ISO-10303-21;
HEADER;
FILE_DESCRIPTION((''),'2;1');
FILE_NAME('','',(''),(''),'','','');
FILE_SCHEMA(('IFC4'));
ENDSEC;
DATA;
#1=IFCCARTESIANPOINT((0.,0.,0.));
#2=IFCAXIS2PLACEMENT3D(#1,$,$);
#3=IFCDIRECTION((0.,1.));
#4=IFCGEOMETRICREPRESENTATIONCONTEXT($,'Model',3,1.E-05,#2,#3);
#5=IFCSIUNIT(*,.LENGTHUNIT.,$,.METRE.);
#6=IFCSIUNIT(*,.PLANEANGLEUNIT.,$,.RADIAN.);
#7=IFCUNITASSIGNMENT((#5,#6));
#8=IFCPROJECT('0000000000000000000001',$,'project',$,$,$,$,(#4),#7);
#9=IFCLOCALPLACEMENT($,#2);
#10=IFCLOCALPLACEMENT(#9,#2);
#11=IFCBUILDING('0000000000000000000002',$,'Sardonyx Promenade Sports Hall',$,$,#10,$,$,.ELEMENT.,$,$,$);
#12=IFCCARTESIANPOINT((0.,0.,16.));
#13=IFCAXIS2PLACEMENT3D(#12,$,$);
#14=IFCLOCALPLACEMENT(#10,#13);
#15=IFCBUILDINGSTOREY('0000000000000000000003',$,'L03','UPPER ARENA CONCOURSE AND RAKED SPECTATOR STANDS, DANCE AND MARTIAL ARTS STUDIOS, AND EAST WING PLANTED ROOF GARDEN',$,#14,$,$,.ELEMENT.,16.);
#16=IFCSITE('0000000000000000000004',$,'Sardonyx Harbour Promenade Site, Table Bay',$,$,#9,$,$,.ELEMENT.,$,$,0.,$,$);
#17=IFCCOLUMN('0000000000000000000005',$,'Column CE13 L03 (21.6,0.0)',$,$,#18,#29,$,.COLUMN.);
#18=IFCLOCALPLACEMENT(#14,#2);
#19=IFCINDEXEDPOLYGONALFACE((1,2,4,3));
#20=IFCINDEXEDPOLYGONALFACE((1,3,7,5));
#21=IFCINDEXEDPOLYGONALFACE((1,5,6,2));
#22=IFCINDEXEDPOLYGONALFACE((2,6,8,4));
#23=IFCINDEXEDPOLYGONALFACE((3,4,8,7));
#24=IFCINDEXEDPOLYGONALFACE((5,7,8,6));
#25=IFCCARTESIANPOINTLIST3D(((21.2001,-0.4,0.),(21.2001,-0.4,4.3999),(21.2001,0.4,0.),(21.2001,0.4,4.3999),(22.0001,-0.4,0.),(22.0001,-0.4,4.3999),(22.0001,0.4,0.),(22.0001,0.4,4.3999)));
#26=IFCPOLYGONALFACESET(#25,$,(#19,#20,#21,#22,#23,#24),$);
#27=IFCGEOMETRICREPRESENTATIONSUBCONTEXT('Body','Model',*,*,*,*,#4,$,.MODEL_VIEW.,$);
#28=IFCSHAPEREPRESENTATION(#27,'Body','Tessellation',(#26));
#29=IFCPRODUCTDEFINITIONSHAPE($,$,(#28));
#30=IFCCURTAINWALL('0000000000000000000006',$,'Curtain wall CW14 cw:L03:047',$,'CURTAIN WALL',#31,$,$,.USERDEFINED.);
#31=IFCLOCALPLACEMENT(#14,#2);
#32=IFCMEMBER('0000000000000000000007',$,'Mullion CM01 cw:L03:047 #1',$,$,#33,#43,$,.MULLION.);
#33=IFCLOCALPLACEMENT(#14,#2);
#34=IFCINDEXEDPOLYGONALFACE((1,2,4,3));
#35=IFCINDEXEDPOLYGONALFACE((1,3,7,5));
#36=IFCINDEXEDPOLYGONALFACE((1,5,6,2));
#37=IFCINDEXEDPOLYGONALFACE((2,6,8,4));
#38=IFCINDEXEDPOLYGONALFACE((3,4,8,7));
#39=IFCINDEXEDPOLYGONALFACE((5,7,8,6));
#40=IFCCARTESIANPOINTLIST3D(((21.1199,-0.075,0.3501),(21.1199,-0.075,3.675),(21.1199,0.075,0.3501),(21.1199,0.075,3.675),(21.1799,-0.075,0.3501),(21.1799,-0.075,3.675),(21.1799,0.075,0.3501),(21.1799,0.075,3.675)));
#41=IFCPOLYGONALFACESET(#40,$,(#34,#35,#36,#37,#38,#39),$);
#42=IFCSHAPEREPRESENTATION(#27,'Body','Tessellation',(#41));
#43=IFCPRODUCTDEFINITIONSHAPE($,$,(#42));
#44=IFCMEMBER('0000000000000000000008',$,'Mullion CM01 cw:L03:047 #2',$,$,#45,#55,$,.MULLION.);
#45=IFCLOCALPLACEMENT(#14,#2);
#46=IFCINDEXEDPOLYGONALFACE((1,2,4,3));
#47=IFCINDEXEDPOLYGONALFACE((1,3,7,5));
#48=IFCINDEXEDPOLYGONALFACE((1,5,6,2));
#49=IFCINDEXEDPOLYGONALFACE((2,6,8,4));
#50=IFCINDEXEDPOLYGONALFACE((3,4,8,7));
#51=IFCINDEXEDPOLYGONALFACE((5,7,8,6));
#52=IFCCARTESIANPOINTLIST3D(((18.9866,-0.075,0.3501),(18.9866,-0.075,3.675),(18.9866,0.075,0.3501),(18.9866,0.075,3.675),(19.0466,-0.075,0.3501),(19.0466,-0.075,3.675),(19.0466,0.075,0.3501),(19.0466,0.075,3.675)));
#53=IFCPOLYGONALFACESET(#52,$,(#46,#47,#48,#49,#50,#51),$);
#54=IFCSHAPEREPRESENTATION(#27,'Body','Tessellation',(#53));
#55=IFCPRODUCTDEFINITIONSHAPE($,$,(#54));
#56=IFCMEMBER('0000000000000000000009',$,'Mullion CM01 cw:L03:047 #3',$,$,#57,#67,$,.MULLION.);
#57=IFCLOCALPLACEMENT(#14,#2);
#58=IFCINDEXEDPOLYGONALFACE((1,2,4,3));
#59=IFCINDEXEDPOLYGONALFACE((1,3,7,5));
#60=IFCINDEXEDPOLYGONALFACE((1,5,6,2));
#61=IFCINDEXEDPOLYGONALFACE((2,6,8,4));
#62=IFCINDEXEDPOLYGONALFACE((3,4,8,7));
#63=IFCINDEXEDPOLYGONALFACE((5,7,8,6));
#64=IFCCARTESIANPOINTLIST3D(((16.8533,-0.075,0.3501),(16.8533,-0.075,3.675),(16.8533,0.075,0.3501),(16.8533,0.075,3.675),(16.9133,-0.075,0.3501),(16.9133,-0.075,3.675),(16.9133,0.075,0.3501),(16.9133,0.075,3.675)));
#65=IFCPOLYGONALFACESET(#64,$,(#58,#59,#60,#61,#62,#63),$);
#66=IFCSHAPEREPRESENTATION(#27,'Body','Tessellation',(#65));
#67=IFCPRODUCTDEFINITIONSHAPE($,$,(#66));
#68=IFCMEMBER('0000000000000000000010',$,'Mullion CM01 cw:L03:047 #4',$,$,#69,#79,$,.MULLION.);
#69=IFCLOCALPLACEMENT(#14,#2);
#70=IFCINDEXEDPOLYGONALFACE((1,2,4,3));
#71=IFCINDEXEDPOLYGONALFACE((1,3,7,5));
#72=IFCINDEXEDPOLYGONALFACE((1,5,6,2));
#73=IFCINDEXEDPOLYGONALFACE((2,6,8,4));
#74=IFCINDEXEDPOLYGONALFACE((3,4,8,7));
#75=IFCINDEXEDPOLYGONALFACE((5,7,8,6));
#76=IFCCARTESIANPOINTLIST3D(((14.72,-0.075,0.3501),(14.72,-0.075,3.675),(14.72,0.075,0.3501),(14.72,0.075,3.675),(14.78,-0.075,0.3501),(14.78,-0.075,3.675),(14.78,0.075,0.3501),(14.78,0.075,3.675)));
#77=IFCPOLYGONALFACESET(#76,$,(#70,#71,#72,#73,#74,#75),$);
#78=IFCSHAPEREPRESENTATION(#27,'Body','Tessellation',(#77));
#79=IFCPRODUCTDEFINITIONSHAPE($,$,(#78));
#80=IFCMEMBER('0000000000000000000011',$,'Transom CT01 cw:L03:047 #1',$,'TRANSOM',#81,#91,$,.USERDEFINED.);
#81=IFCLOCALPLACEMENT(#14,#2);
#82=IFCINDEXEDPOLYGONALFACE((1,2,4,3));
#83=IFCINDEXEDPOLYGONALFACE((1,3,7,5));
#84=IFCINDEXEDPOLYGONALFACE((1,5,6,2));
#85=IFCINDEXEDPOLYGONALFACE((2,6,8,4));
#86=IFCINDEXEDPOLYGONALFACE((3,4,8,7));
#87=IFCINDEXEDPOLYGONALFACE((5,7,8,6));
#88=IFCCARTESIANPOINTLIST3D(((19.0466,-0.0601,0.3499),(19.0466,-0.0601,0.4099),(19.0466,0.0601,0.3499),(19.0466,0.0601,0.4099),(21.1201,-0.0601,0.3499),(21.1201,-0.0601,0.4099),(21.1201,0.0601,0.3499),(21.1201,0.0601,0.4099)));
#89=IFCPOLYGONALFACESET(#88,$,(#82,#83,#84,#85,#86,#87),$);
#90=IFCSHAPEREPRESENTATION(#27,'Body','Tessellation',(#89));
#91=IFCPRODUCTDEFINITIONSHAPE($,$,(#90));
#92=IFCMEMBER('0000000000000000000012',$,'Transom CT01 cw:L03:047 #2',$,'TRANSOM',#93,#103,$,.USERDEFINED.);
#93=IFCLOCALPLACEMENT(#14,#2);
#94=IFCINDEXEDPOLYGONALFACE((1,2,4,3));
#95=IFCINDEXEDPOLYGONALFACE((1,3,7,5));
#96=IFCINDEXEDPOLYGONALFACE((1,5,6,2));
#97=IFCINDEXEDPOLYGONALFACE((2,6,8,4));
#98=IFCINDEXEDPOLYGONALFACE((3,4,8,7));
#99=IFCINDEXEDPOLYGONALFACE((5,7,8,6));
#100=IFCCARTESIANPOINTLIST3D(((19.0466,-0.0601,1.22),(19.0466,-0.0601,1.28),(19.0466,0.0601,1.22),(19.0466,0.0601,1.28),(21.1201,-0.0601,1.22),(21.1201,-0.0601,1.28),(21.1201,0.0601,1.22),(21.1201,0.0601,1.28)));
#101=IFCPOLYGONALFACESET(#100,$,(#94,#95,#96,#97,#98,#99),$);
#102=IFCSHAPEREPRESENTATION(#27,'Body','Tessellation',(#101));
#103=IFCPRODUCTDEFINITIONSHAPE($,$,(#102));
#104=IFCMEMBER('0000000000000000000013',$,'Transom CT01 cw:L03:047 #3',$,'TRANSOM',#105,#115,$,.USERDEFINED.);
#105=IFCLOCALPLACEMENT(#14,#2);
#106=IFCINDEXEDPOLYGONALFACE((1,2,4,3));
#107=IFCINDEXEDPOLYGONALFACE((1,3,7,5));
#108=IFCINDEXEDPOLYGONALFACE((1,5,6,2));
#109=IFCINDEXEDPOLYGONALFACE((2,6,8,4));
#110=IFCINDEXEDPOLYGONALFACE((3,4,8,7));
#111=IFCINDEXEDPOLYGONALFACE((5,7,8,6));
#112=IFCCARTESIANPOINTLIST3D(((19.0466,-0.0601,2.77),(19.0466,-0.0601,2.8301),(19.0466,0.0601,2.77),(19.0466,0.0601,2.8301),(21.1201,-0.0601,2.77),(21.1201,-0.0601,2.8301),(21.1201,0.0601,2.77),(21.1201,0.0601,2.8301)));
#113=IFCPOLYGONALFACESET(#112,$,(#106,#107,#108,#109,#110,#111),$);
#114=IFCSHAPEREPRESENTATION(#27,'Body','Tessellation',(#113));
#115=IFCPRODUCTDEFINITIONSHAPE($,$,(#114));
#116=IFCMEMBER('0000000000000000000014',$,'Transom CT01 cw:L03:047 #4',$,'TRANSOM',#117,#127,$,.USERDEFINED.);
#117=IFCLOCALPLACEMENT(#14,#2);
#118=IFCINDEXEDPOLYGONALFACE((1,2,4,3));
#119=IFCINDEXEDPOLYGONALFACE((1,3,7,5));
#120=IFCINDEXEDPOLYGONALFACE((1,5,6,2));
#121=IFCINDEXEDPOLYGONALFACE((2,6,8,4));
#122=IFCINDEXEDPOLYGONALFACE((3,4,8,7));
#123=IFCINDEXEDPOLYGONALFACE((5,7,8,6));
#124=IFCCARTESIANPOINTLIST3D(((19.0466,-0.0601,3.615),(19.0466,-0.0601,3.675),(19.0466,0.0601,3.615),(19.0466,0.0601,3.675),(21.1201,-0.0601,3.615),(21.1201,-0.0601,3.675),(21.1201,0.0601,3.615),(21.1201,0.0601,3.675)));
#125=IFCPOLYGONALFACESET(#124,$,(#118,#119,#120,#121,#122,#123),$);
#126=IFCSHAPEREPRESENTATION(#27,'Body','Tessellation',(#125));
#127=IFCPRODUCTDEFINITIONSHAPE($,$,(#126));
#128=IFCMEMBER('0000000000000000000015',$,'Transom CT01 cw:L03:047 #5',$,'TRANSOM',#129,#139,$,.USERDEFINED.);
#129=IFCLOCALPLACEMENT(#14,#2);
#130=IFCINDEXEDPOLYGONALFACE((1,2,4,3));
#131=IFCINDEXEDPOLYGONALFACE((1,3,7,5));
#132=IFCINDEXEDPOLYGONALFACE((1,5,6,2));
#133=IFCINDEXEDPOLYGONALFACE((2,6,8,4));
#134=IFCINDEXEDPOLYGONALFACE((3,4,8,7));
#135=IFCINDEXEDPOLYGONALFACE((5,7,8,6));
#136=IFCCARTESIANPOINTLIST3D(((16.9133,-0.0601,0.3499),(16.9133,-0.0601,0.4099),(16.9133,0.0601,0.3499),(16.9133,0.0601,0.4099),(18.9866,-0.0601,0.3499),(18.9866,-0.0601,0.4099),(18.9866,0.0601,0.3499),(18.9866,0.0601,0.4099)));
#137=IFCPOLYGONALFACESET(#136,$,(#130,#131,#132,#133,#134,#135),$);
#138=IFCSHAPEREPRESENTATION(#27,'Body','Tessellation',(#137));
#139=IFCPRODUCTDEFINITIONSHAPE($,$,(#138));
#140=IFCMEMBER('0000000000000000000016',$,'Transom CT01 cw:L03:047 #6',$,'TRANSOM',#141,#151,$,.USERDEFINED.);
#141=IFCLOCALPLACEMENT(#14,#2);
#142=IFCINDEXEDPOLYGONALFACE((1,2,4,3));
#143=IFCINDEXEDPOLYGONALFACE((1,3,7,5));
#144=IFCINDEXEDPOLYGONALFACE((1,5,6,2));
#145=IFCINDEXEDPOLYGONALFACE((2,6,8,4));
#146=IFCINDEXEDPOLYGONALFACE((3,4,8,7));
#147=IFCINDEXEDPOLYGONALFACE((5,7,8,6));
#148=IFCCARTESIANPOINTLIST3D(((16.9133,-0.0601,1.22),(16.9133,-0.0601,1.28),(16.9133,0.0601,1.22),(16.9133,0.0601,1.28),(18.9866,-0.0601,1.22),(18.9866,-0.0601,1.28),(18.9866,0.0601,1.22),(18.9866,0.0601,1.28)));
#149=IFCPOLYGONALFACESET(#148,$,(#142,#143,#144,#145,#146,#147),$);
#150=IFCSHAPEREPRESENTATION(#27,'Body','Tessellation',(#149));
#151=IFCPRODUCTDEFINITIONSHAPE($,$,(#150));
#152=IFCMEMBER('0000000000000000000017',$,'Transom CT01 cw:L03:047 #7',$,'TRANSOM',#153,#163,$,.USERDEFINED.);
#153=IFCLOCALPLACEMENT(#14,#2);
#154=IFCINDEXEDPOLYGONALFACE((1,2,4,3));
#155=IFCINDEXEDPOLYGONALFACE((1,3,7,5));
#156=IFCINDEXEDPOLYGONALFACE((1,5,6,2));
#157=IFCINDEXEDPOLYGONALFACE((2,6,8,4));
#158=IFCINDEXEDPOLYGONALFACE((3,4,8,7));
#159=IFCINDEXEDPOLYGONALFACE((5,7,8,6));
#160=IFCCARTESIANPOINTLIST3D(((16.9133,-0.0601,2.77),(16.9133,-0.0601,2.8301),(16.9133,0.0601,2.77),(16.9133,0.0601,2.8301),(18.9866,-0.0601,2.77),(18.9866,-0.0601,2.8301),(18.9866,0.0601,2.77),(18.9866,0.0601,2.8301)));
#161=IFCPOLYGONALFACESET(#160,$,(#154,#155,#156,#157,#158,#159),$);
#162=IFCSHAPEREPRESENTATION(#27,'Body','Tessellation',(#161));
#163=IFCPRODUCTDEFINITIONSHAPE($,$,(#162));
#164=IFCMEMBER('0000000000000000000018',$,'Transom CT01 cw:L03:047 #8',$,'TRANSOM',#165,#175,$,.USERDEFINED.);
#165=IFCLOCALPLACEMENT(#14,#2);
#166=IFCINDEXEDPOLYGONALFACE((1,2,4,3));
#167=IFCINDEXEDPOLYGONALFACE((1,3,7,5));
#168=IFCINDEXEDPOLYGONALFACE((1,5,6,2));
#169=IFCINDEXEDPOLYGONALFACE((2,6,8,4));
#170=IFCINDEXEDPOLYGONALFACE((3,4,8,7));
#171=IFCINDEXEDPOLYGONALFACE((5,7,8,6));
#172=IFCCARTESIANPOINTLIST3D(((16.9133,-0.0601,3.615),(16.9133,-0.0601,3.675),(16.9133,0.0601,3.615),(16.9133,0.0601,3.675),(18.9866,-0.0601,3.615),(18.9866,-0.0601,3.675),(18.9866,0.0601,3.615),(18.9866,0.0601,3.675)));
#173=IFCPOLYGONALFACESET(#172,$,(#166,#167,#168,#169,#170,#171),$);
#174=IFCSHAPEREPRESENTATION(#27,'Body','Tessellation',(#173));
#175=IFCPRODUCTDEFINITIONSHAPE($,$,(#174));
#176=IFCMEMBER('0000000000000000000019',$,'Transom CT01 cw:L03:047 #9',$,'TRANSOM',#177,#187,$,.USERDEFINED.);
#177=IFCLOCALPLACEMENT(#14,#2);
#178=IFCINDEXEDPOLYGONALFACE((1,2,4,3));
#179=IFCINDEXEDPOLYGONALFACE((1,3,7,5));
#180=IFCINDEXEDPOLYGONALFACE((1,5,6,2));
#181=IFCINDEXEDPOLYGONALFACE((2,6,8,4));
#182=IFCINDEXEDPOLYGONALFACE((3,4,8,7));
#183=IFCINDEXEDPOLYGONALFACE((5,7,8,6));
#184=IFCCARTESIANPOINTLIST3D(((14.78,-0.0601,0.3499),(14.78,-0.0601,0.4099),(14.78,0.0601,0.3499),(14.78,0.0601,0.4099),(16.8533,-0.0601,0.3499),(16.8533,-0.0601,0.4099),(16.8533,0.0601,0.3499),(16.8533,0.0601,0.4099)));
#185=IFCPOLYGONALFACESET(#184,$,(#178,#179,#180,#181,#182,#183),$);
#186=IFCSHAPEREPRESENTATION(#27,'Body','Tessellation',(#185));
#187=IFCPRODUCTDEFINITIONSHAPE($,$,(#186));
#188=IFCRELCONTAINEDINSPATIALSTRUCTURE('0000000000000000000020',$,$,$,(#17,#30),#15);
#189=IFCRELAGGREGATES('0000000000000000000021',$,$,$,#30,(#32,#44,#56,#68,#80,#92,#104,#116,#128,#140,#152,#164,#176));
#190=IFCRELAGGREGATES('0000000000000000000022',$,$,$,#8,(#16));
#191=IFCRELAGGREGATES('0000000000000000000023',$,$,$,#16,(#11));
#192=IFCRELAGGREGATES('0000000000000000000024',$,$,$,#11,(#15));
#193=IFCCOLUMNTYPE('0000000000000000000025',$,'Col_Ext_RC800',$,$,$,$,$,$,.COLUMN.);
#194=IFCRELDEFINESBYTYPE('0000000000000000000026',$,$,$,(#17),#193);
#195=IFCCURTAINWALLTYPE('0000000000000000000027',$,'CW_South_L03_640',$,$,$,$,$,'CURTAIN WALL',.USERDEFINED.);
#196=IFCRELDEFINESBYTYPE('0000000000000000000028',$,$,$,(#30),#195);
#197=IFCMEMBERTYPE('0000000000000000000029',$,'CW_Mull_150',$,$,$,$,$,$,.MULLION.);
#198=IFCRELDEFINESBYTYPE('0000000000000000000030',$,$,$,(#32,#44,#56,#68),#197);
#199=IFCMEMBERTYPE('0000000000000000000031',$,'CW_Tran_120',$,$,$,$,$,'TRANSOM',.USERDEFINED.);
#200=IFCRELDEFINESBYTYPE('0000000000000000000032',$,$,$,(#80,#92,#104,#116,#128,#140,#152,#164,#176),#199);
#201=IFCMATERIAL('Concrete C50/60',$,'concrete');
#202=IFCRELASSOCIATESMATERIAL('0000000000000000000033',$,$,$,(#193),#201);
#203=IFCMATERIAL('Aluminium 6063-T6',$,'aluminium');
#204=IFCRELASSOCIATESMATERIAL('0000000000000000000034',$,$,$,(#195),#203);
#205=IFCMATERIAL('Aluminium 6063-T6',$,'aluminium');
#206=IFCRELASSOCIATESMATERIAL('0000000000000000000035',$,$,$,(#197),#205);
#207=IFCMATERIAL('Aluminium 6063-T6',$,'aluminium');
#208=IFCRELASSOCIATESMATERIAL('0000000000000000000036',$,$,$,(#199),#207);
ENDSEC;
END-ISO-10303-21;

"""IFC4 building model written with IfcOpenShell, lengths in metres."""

from ifc_helpers import new_model, si_unit, direction, frame, origin, origin_2d, place, context, subcontext, project, spatial, rectangle, extrude, material, material_profile, profile_set, type_object, element, aggregate, save


model = new_model("IFC4")

# Units and contexts
model_context = context("Model", 3, precision=1e-05, world=origin(), true_north=direction((0.0, 1.0)))
body_context = subcontext(model_context, "Body", "Model", "MODEL_VIEW")
ifc_project = project(units=[si_unit("LENGTHUNIT", "METRE"), si_unit("PLANEANGLEUNIT", "RADIAN")], contexts=[model_context])

# Site, building, storey
site_placement = place(None, origin())
site = spatial("IfcSite", under=ifc_project, at=site_placement, Name="Sardonyx Harbour Promenade Site, Table Bay", CompositionType="ELEMENT", RefElevation=0.0)
building_placement = place(site_placement, origin())
building = spatial("IfcBuilding", under=site, at=building_placement, Name="Sardonyx Promenade Sports Hall", CompositionType="ELEMENT")
storey_placement = place(building_placement, frame((0.0, 0.0, 16.0)))
storey = spatial("IfcBuildingStorey", under=building, at=storey_placement, Name="L03", Description="UPPER ARENA CONCOURSE AND RAKED SPECTATOR STANDS, DANCE AND MARTIAL ARTS STUDIOS, AND EAST WING PLANTED ROOF GARDEN", CompositionType="ELEMENT", Elevation=16.0)

# Column
ifc_material_1 = material(Name="Concrete C50/60", Category="concrete")
ifc_material_profile_1 = material_profile(ifc_material_1, rectangle(XDim=0.8, YDim=0.8, at=origin_2d()))
ifc_profile_set_1 = profile_set([ifc_material_profile_1], Name="Concrete C50/60")
column_type = type_object("IfcColumnType", Name="Col_Ext_RC800", PredefinedType="COLUMN", material=ifc_profile_set_1)
column_placement = place(storey_placement, frame((21.6001, 0.0, 0.0), z_axis=(0.0, 0.0, 1.0), x_axis=(1.0, 0.0, 0.0)))
element("IfcColumn", 1, at=column_placement, inside=storey, type_object=column_type, Name="Column CE13 L03 (21.6,0.0)", PredefinedType="COLUMN", context=body_context, shape_type="SweptSolid", body=[
    extrude(rectangle(XDim=0.8, YDim=0.8, at=origin_2d()), origin(), (0.0, 0.0, 1.0), 4.3999),
])

# Curtain wall, members
ifc_material_2 = material(Name="Aluminium 6063-T6", Category="aluminium")
curtain_wall_type = type_object("IfcCurtainWallType", Name="CW_South_L03_640", ElementType="CURTAIN WALL", PredefinedType="USERDEFINED", material=ifc_material_2)
curtain_wall_placement = place(storey_placement, origin())
curtain_wall = element("IfcCurtainWall", 2, at=curtain_wall_placement, inside=storey, type_object=curtain_wall_type, Name="Curtain wall CW14 cw:L03:047", ObjectType="CURTAIN WALL", PredefinedType="USERDEFINED")
ifc_material_3 = material(Name="Aluminium 6063-T6", Category="aluminium")
ifc_material_profile_2 = material_profile(ifc_material_3, rectangle(XDim=0.0601, YDim=0.1499, at=origin_2d()))
ifc_profile_set_2 = profile_set([ifc_material_profile_2], Name="Aluminium 6063-T6")
member_type_1 = type_object("IfcMemberType", Name="CW_Mull_150", PredefinedType="MULLION", material=ifc_profile_set_2)
member_1_placement = place(storey_placement, frame((21.1499, 0.0, 0.3501), z_axis=(0.0, 0.0, 1.0), x_axis=(-1.0, 0.0, 0.0)))
member_1 = element("IfcMember", 3, at=member_1_placement, type_object=member_type_1, Name="Mullion CM01 cw:L03:047 #1", PredefinedType="MULLION", context=body_context, shape_type="SweptSolid", body=[
    extrude(rectangle(XDim=0.0601, YDim=0.1499, at=origin_2d()), origin(), (0.0, 0.0, 1.0), 3.325),
])
member_2_placement = place(storey_placement, frame((19.0166, 0.0, 0.3501), z_axis=(0.0, 0.0, 1.0), x_axis=(-1.0, 0.0, 0.0)))
member_2 = element("IfcMember", 4, at=member_2_placement, type_object=member_type_1, Name="Mullion CM01 cw:L03:047 #2", PredefinedType="MULLION", context=body_context, shape_type="SweptSolid", body=[
    extrude(rectangle(XDim=0.0601, YDim=0.1499, at=origin_2d()), origin(), (0.0, 0.0, 1.0), 3.325),
])
member_3_placement = place(storey_placement, frame((16.8833, 0.0, 0.3501), z_axis=(0.0, 0.0, 1.0), x_axis=(-1.0, 0.0, 0.0)))
member_3 = element("IfcMember", 5, at=member_3_placement, type_object=member_type_1, Name="Mullion CM01 cw:L03:047 #3", PredefinedType="MULLION", context=body_context, shape_type="SweptSolid", body=[
    extrude(rectangle(XDim=0.0601, YDim=0.1499, at=origin_2d()), origin(), (0.0, 0.0, 1.0), 3.325),
])
member_4_placement = place(storey_placement, frame((14.75, 0.0, 0.3501), z_axis=(0.0, 0.0, 1.0), x_axis=(-1.0, 0.0, 0.0)))
member_4 = element("IfcMember", 6, at=member_4_placement, type_object=member_type_1, Name="Mullion CM01 cw:L03:047 #4", PredefinedType="MULLION", context=body_context, shape_type="SweptSolid", body=[
    extrude(rectangle(XDim=0.0601, YDim=0.1499, at=origin_2d()), origin(), (0.0, 0.0, 1.0), 3.325),
])
ifc_material_4 = material(Name="Aluminium 6063-T6", Category="aluminium")
ifc_material_profile_3 = material_profile(ifc_material_4, rectangle(XDim=0.0601, YDim=0.1201, at=origin_2d()))
ifc_profile_set_3 = profile_set([ifc_material_profile_3], Name="Aluminium 6063-T6")
member_type_2 = type_object("IfcMemberType", Name="CW_Tran_120", ElementType="TRANSOM", PredefinedType="USERDEFINED", material=ifc_profile_set_3)
member_5_placement = place(storey_placement, frame((21.1201, 0.0, 0.3799), z_axis=(-1.0, 0.0, 0.0), x_axis=(0.0, 0.0, 1.0)))
member_5 = element("IfcMember", 7, at=member_5_placement, type_object=member_type_2, Name="Transom CT01 cw:L03:047 #1", ObjectType="TRANSOM", PredefinedType="USERDEFINED", context=body_context, shape_type="SweptSolid", body=[
    extrude(rectangle(XDim=0.0601, YDim=0.1201, at=origin_2d()), origin(), (0.0, 0.0, 1.0), 2.0735),
])
member_6_placement = place(storey_placement, frame((21.1201, 0.0, 1.25), z_axis=(-1.0, 0.0, 0.0), x_axis=(0.0, 0.0, 1.0)))
member_6 = element("IfcMember", 8, at=member_6_placement, type_object=member_type_2, Name="Transom CT01 cw:L03:047 #2", ObjectType="TRANSOM", PredefinedType="USERDEFINED", context=body_context, shape_type="SweptSolid", body=[
    extrude(rectangle(XDim=0.0601, YDim=0.1201, at=origin_2d()), origin(), (0.0, 0.0, 1.0), 2.0735),
])
member_7_placement = place(storey_placement, frame((21.1201, 0.0, 2.8), z_axis=(-1.0, 0.0, 0.0), x_axis=(0.0, 0.0, 1.0)))
member_7 = element("IfcMember", 9, at=member_7_placement, type_object=member_type_2, Name="Transom CT01 cw:L03:047 #3", ObjectType="TRANSOM", PredefinedType="USERDEFINED", context=body_context, shape_type="SweptSolid", body=[
    extrude(rectangle(XDim=0.0601, YDim=0.1201, at=origin_2d()), origin(), (0.0, 0.0, 1.0), 2.0735),
])
member_8_placement = place(storey_placement, frame((21.1201, 0.0, 3.645), z_axis=(-1.0, 0.0, 0.0), x_axis=(0.0, 0.0, 1.0)))
member_8 = element("IfcMember", 10, at=member_8_placement, type_object=member_type_2, Name="Transom CT01 cw:L03:047 #4", ObjectType="TRANSOM", PredefinedType="USERDEFINED", context=body_context, shape_type="SweptSolid", body=[
    extrude(rectangle(XDim=0.0601, YDim=0.1201, at=origin_2d()), origin(), (0.0, 0.0, 1.0), 2.0735),
])
member_9_placement = place(storey_placement, frame((18.9866, 0.0, 0.3799), z_axis=(-1.0, 0.0, 0.0), x_axis=(0.0, 0.0, 1.0)))
member_9 = element("IfcMember", 11, at=member_9_placement, type_object=member_type_2, Name="Transom CT01 cw:L03:047 #5", ObjectType="TRANSOM", PredefinedType="USERDEFINED", context=body_context, shape_type="SweptSolid", body=[
    extrude(rectangle(XDim=0.0601, YDim=0.1201, at=origin_2d()), origin(), (0.0, 0.0, 1.0), 2.0732),
])
member_10_placement = place(storey_placement, frame((18.9866, 0.0, 1.25), z_axis=(-1.0, 0.0, 0.0), x_axis=(0.0, 0.0, 1.0)))
member_10 = element("IfcMember", 12, at=member_10_placement, type_object=member_type_2, Name="Transom CT01 cw:L03:047 #6", ObjectType="TRANSOM", PredefinedType="USERDEFINED", context=body_context, shape_type="SweptSolid", body=[
    extrude(rectangle(XDim=0.0601, YDim=0.1201, at=origin_2d()), origin(), (0.0, 0.0, 1.0), 2.0732),
])
member_11_placement = place(storey_placement, frame((18.9866, 0.0, 2.8), z_axis=(-1.0, 0.0, 0.0), x_axis=(0.0, 0.0, 1.0)))
member_11 = element("IfcMember", 13, at=member_11_placement, type_object=member_type_2, Name="Transom CT01 cw:L03:047 #7", ObjectType="TRANSOM", PredefinedType="USERDEFINED", context=body_context, shape_type="SweptSolid", body=[
    extrude(rectangle(XDim=0.0601, YDim=0.1201, at=origin_2d()), origin(), (0.0, 0.0, 1.0), 2.0732),
])
member_12_placement = place(storey_placement, frame((18.9866, 0.0, 3.645), z_axis=(-1.0, 0.0, 0.0), x_axis=(0.0, 0.0, 1.0)))
member_12 = element("IfcMember", 14, at=member_12_placement, type_object=member_type_2, Name="Transom CT01 cw:L03:047 #8", ObjectType="TRANSOM", PredefinedType="USERDEFINED", context=body_context, shape_type="SweptSolid", body=[
    extrude(rectangle(XDim=0.0601, YDim=0.1201, at=origin_2d()), origin(), (0.0, 0.0, 1.0), 2.0732),
])
member_13_placement = place(storey_placement, frame((16.8533, 0.0, 0.3799), z_axis=(-1.0, 0.0, 0.0), x_axis=(0.0, 0.0, 1.0)))
member_13 = element("IfcMember", 15, at=member_13_placement, type_object=member_type_2, Name="Transom CT01 cw:L03:047 #9", ObjectType="TRANSOM", PredefinedType="USERDEFINED", context=body_context, shape_type="SweptSolid", body=[
    extrude(rectangle(XDim=0.0601, YDim=0.1201, at=origin_2d()), origin(), (0.0, 0.0, 1.0), 2.0732),
])
aggregate(curtain_wall, [member_1, member_2, member_3, member_4, member_5, member_6, member_7, member_8, member_9, member_10, member_11, member_12, member_13])

save(model, "model.ifc")
